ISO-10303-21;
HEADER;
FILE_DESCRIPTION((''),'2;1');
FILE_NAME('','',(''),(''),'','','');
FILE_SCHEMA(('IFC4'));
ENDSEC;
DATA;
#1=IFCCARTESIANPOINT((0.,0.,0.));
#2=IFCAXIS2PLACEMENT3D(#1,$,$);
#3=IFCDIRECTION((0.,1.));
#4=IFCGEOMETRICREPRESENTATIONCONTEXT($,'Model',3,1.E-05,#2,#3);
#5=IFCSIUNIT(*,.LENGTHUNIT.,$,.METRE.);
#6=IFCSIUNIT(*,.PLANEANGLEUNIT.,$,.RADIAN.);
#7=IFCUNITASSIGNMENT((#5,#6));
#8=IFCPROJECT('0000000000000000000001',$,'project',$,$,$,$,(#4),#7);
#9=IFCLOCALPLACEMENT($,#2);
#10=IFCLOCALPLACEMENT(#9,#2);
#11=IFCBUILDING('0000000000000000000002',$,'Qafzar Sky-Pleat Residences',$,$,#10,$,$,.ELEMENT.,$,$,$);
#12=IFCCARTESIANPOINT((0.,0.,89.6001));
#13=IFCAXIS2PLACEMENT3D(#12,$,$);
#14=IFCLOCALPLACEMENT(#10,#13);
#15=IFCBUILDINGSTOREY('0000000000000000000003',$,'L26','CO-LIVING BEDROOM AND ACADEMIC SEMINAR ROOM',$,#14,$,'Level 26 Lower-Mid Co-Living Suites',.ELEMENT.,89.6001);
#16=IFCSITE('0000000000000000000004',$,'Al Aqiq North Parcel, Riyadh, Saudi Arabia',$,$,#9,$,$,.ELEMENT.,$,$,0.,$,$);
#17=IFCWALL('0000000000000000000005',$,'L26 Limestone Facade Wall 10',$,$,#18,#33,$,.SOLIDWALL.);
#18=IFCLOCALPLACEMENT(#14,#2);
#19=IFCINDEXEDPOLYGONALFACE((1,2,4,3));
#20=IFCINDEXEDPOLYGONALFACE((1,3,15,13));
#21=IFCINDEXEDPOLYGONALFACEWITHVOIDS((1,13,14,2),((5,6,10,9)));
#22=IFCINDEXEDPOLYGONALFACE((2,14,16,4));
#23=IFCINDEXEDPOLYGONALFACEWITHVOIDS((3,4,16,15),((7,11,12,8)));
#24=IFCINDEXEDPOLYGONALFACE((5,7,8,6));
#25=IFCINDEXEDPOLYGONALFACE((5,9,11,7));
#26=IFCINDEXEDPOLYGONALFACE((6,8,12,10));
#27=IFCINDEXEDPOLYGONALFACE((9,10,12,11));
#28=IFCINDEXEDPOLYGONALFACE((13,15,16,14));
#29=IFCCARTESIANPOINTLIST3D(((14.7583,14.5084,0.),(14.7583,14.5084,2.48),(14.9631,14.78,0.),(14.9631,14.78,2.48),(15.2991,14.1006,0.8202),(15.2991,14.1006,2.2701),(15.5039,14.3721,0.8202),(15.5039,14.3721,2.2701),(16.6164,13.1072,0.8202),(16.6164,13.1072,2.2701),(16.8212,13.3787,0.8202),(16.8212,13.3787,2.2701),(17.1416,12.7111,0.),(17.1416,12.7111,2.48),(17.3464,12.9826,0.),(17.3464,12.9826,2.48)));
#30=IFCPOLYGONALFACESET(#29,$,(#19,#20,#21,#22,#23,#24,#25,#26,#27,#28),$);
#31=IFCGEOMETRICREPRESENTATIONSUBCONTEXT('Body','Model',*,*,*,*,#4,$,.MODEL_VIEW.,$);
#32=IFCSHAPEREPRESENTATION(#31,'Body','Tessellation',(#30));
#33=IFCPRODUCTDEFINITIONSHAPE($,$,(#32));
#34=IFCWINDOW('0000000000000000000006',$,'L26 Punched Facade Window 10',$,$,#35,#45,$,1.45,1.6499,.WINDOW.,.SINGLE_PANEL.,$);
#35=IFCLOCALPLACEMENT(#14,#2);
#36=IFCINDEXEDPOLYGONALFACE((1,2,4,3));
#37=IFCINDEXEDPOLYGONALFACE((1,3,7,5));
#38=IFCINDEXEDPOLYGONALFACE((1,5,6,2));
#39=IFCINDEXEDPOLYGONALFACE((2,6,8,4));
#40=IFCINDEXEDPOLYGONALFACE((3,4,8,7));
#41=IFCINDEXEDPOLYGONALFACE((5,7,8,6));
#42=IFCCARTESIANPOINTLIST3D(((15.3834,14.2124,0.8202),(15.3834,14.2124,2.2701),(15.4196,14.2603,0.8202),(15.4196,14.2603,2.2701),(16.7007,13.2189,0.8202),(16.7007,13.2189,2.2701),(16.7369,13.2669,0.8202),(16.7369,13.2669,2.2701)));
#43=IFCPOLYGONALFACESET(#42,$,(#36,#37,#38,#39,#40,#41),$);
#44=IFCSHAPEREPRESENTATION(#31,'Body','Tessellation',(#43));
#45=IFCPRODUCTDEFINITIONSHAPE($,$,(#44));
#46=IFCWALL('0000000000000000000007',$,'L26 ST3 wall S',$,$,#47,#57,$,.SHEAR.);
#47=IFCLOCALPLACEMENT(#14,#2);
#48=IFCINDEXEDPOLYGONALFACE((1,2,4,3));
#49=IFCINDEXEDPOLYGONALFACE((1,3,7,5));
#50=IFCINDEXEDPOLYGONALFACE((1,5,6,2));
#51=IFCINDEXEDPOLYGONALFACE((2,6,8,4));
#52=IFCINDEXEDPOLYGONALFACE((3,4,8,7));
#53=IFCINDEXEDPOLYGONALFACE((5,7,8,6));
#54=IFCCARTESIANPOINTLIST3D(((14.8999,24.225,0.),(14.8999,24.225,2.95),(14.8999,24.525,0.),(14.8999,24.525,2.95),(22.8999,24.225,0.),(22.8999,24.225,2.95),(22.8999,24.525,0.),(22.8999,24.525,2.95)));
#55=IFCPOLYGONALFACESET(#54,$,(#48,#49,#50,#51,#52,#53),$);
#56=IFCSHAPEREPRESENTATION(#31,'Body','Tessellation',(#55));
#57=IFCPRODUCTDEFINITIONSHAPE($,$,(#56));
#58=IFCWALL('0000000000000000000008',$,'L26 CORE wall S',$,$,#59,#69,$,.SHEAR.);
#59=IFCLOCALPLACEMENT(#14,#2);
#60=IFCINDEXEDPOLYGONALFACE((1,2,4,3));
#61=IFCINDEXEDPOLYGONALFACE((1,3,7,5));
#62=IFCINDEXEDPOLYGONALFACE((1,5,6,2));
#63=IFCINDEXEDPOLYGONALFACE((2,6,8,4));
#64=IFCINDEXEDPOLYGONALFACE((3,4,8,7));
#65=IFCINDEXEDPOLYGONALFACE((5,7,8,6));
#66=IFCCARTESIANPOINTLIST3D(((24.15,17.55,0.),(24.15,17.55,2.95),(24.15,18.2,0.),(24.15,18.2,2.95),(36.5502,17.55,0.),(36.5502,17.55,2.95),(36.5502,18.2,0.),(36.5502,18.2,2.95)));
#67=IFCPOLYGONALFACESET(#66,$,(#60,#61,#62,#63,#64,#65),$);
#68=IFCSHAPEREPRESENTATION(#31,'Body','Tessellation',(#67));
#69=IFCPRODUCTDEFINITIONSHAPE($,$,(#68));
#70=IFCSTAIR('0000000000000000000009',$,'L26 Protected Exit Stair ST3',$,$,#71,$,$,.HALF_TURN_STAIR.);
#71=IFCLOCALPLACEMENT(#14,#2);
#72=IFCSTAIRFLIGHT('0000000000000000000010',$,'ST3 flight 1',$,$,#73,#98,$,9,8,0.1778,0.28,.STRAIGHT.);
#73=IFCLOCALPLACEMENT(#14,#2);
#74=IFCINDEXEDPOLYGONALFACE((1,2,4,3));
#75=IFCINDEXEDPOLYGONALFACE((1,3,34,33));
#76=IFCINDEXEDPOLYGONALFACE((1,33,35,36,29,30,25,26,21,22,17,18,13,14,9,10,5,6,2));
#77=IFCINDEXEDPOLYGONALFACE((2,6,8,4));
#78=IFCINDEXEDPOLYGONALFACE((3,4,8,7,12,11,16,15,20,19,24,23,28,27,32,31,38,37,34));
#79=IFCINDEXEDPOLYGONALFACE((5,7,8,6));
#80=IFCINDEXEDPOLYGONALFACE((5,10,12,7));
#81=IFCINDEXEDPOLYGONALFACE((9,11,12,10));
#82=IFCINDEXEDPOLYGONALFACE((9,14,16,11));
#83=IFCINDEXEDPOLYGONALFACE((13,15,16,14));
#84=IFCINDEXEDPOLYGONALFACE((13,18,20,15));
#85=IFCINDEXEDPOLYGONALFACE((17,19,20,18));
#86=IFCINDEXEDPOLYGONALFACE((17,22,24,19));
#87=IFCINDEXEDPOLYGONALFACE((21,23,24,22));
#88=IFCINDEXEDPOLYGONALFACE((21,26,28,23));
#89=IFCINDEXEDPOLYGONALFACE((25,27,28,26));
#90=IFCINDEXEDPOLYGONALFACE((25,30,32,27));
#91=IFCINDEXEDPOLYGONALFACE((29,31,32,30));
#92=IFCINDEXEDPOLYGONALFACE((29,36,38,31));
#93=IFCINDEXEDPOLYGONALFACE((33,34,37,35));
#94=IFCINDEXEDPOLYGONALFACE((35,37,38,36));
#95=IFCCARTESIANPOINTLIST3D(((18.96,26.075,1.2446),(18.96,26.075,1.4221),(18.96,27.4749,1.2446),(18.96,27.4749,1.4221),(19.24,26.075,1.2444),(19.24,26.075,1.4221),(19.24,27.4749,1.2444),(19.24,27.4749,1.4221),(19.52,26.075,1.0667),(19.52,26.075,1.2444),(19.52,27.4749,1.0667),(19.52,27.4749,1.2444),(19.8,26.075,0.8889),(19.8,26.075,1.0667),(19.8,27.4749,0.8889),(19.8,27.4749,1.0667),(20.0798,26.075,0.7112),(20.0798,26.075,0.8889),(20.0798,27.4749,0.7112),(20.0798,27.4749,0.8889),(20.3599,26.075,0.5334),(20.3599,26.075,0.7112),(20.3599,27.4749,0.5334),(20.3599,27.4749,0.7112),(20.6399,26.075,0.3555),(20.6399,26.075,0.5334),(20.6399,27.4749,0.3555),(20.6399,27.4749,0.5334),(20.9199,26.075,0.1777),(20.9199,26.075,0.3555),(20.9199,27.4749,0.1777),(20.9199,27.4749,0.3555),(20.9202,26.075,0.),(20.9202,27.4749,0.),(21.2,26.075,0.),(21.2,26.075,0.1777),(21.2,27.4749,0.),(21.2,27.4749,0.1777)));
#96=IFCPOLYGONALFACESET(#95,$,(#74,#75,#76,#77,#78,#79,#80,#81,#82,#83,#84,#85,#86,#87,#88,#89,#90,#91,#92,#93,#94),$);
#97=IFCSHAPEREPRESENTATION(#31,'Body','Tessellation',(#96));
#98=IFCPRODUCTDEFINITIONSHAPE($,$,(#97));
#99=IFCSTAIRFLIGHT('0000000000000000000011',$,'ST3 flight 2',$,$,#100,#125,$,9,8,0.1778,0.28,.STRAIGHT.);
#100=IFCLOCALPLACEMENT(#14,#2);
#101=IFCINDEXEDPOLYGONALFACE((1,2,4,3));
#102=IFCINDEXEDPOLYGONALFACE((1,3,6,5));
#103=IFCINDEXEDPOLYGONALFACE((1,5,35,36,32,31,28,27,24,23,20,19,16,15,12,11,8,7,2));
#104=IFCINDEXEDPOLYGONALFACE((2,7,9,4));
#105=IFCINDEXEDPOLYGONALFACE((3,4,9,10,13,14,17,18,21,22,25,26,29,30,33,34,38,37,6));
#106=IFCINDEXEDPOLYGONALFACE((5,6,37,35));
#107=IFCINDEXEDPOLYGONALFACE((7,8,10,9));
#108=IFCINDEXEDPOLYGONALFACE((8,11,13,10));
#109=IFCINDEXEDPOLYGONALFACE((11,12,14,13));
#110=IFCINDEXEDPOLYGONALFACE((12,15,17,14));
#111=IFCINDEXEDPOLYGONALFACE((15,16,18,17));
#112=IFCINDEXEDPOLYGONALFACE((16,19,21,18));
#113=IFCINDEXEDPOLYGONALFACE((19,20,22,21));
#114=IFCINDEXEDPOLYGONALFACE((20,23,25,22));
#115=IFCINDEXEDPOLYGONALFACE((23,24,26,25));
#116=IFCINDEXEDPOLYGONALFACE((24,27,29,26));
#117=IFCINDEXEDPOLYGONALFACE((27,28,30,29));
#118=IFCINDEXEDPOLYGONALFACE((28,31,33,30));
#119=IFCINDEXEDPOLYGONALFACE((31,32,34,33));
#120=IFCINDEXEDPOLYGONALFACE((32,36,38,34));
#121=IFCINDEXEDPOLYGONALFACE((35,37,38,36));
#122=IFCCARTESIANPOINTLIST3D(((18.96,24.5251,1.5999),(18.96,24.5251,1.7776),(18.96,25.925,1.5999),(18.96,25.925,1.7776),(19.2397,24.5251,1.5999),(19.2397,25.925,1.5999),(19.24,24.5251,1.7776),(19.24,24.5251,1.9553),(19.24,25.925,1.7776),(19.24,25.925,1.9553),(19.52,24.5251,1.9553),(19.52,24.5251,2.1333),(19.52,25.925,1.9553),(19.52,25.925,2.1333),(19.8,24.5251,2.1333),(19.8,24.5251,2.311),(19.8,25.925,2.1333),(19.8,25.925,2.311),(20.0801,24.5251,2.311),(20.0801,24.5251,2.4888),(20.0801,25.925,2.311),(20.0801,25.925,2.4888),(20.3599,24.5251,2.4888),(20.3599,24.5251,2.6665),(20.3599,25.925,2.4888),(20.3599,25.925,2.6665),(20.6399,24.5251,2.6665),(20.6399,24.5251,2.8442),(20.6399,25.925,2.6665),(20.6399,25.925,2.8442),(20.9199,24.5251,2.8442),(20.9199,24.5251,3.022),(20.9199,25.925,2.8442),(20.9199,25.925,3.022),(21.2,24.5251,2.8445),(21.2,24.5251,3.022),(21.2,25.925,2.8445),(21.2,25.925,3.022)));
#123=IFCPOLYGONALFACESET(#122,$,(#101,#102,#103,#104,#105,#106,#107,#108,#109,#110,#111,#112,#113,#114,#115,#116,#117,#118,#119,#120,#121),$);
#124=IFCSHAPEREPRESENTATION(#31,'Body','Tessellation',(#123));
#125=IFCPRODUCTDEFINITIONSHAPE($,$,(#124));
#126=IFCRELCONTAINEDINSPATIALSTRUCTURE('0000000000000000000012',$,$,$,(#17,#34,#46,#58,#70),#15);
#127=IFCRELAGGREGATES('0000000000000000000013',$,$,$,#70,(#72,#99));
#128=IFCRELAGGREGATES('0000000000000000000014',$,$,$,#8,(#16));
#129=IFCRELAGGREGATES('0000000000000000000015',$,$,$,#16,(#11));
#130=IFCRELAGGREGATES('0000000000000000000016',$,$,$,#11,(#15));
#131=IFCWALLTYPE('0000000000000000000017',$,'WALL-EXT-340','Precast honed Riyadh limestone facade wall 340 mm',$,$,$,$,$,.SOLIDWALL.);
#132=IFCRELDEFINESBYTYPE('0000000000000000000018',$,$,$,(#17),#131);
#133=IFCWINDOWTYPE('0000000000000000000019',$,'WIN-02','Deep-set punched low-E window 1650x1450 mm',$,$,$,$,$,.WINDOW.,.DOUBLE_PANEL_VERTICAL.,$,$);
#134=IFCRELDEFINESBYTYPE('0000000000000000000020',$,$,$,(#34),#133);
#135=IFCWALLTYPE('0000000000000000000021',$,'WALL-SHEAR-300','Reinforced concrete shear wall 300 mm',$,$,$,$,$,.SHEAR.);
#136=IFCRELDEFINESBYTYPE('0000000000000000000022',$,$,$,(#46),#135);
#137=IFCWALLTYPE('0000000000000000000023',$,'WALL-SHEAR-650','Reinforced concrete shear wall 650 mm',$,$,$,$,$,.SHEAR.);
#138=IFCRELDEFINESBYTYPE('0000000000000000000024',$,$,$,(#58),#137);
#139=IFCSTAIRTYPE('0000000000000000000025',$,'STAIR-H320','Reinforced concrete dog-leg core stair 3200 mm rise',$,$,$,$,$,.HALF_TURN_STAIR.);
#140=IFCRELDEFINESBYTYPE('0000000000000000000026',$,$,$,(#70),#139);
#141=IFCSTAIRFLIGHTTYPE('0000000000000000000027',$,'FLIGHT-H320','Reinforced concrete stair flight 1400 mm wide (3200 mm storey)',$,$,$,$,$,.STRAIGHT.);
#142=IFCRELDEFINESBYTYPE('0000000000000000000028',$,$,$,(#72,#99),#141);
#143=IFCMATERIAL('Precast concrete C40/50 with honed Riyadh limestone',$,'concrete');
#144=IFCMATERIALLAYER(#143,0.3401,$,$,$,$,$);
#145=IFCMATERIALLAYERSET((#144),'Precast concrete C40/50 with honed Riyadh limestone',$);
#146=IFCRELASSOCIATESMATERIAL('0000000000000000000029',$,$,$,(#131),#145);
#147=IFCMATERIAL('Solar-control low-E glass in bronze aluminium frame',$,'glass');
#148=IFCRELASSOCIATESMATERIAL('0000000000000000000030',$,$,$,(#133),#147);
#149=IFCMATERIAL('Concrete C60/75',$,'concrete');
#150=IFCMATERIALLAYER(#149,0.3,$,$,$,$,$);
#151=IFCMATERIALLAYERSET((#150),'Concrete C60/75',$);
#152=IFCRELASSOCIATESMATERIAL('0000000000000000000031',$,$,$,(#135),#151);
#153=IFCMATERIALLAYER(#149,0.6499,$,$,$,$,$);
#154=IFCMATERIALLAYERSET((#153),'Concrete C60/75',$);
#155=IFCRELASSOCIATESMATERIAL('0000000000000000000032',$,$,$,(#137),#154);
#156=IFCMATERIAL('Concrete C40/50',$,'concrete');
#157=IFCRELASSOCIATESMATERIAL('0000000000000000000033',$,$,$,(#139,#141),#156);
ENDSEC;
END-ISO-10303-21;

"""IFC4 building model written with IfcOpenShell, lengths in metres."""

from ifc_helpers import new_model, si_unit, direction, frame, frame_2d, origin, place, context, subcontext, project, spatial, polyline, rectangle, outline, extrude, source, transform, mapped, material, layer, layer_set, type_object, element, fill, aggregate, save


model = new_model("IFC4")

# Units and contexts
model_context = context("Model", 3, precision=1e-05, world=origin(), true_north=direction((0.0, 1.0)))
body_context = subcontext(model_context, "Body", "Model", "MODEL_VIEW")
ifc_project = project(units=[si_unit("LENGTHUNIT", "METRE"), si_unit("PLANEANGLEUNIT", "RADIAN")], contexts=[model_context])

# Site, building, storey
site_placement = place(None, origin())
site = spatial("IfcSite", under=ifc_project, at=site_placement, Name="Al Aqiq North Parcel, Riyadh, Saudi Arabia", CompositionType="ELEMENT", RefElevation=0.0)
building_placement = place(site_placement, origin())
building = spatial("IfcBuilding", under=site, at=building_placement, Name="Qafzar Sky-Pleat Residences", CompositionType="ELEMENT")
storey_placement = place(building_placement, frame((0.0, 0.0, 89.6001)))
storey = spatial("IfcBuildingStorey", under=building, at=storey_placement, Name="L26", Description="CO-LIVING BEDROOM AND ACADEMIC SEMINAR ROOM", LongName="Level 26 Lower-Mid Co-Living Suites", CompositionType="ELEMENT", Elevation=89.6001)

# Wall, opening, window
ifc_material_1 = material(Name="Precast concrete C40/50 with honed Riyadh limestone", Category="concrete")
ifc_layer_1 = layer(ifc_material_1, 0.3401)
ifc_layer_set_1 = layer_set([ifc_layer_1], Name="Precast concrete C40/50 with honed Riyadh limestone")
wall_type_1 = type_object("IfcWallType", Name="WALL-EXT-340", Description="Precast honed Riyadh limestone facade wall 340 mm", PredefinedType="SOLIDWALL", material=ifc_layer_set_1)
wall_1_placement = place(storey_placement, frame((14.8606, 14.6443, 0.0), z_axis=(0.0, 0.0, 1.0), x_axis=(0.798407, -0.602118, 0.0)))
wall_1 = element("IfcWall", 1, at=wall_1_placement, inside=storey, type_object=wall_type_1, Name="L26 Limestone Facade Wall 10", PredefinedType="SOLIDWALL", context=body_context, shape_type="SweptSolid", body=[
    extrude(rectangle(XDim=2.9851, YDim=0.3401, at=frame_2d((1.4927, 0.0))), origin(), (0.0, 0.0, 1.0), 2.48),
])
opening_1_placement = place(wall_1_placement, frame((0.6775, 0.0, 0.8201)))
opening_1 = element("IfcOpeningElement", 2, at=opening_1_placement, cuts=wall_1, PredefinedType="OPENING", context=body_context, shape_type="SweptSolid", body=[
    extrude(rectangle(XDim=1.6499, YDim=1.45, at=frame_2d((0.825, 0.7251))), frame((0.0, 0.1802, 0.0), z_axis=(0.0, -1.0, 0.0), x_axis=(1.0, 0.0, 0.0)), (0.0, 0.0, 1.0), 0.3601),
])
ifc_material_2 = material(Name="Solar-control low-E glass in bronze aluminium frame", Category="glass")
window_type = type_object("IfcWindowType", Name="WIN-02", Description="Deep-set punched low-E window 1650x1450 mm", PartitioningType="DOUBLE_PANEL_VERTICAL", PredefinedType="WINDOW", material=ifc_material_2)
shared_shape_1 = source(origin(), body_context, "Body", "SweptSolid", [
    extrude(rectangle(XDim=1.6499, YDim=1.45, at=frame_2d((0.825, 0.7251))), frame((0.0, 0.03, 0.0), z_axis=(0.0, -1.0, 0.0), x_axis=(1.0, 0.0, 0.0)), (0.0, 0.0, 1.0), 0.0601),
])
window_placement = place(opening_1_placement, origin())
window = element("IfcWindow", 3, at=window_placement, inside=storey, type_object=window_type, Name="L26 Punched Facade Window 10", OverallHeight=1.45, OverallWidth=1.6499, PartitioningType="SINGLE_PANEL", PredefinedType="WINDOW", context=body_context, shape_type="MappedRepresentation", body=[
    mapped(shared_shape_1, transform((0.0, 0.0, 0.0), x_axis=(1.0, 0.0, 0.0), y_axis=(0.0, 1.0, 0.0), z_axis=(0.0, 0.0, 1.0), scale=1.0)),
])
fill(opening_1, window)

# Shared definitions
ifc_material_3 = material(Name="Concrete C60/75", Category="concrete")
ifc_layer_2 = layer(ifc_material_3, 0.3)
ifc_layer_set_2 = layer_set([ifc_layer_2], Name="Concrete C60/75")
wall_type_2 = type_object("IfcWallType", Name="WALL-SHEAR-300", Description="Reinforced concrete shear wall 300 mm", PredefinedType="SHEAR", material=ifc_layer_set_2)

# Wall
wall_2_placement = place(storey_placement, frame((14.8999, 24.375, 0.0), z_axis=(0.0, 0.0, 1.0), x_axis=(1.0, 0.0, 0.0)))
element("IfcWall", 4, at=wall_2_placement, inside=storey, type_object=wall_type_2, Name="L26 ST3 wall S", PredefinedType="SHEAR", context=body_context, shape_type="SweptSolid", body=[
    extrude(rectangle(XDim=8.0, YDim=0.3, at=frame_2d((4.0, 0.0))), origin(), (0.0, 0.0, 1.0), 2.95),
])

# Wall
ifc_layer_3 = layer(ifc_material_3, 0.6499)
ifc_layer_set_3 = layer_set([ifc_layer_3], Name="Concrete C60/75")
wall_type_3 = type_object("IfcWallType", Name="WALL-SHEAR-650", Description="Reinforced concrete shear wall 650 mm", PredefinedType="SHEAR", material=ifc_layer_set_3)
wall_3_placement = place(storey_placement, frame((24.1499, 17.875, 0.0), z_axis=(0.0, 0.0, 1.0), x_axis=(1.0, 0.0, 0.0)))
element("IfcWall", 5, at=wall_3_placement, inside=storey, type_object=wall_type_3, Name="L26 CORE wall S", PredefinedType="SHEAR", context=body_context, shape_type="SweptSolid", body=[
    extrude(rectangle(XDim=12.4001, YDim=0.6499, at=frame_2d((6.2002, 0.0))), origin(), (0.0, 0.0, 1.0), 2.95),
])

# Stair, stair flights
ifc_material_4 = material(Name="Concrete C40/50", Category="concrete")
stair_type = type_object("IfcStairType", Name="STAIR-H320", Description="Reinforced concrete dog-leg core stair 3200 mm rise", PredefinedType="HALF_TURN_STAIR", material=ifc_material_4)
stair_placement = place(storey_placement, origin())
stair = element("IfcStair", 6, at=stair_placement, inside=storey, type_object=stair_type, Name="L26 Protected Exit Stair ST3", PredefinedType="HALF_TURN_STAIR")
stair_flight_type = type_object("IfcStairFlightType", Name="FLIGHT-H320", Description="Reinforced concrete stair flight 1400 mm wide (3200 mm storey)", PredefinedType="STRAIGHT", material=ifc_material_4)
shared_shape_2 = source(origin(), body_context, "Body", "SweptSolid", [
    extrude(outline(polyline([(0.0, 0.0), (0.0, 0.1777), (0.28, 0.1777), (0.28, 0.3555), (0.5601, 0.3555), (0.5601, 0.5334), (0.8401, 0.5334), (0.8401, 0.7112), (1.1201, 0.7112), (1.1201, 0.8889), (1.3999, 0.8889), (1.3999, 1.0667), (1.6799, 1.0667), (1.6799, 1.2444), (1.96, 1.2444), (1.96, 1.4221), (2.24, 1.4221), (2.24, 1.6001), (2.24, 1.2446), (0.2798, 0.0), (0.0, 0.0)])), frame((0.0, 0.7, 0.0), z_axis=(0.0, -1.0, 0.0), x_axis=(1.0, 0.0, 0.0)), (0.0, 0.0, 1.0), 1.3999),
])
stair_flight_1_placement = place(storey_placement, frame((21.2, 26.7749, 0.0), z_axis=(0.0, 0.0, 1.0), x_axis=(-1.0, 0.0, 0.0)))
stair_flight_1 = element("IfcStairFlight", 7, at=stair_flight_1_placement, type_object=stair_flight_type, Name="ST3 flight 1", NumberOfRisers=9, NumberOfTreads=8, PredefinedType="STRAIGHT", RiserHeight=0.1778, TreadLength=0.28, context=body_context, shape_type="MappedRepresentation", body=[
    mapped(shared_shape_2, transform((0.0, 0.0, 0.0), x_axis=(1.0, 0.0, 0.0), y_axis=(0.0, 1.0, 0.0), z_axis=(0.0, 0.0, 1.0), scale=1.0)),
])
stair_flight_2_placement = place(storey_placement, frame((18.96, 25.2251, 1.5999), z_axis=(0.0, 0.0, 1.0), x_axis=(1.0, 0.0, 0.0)))
stair_flight_2 = element("IfcStairFlight", 8, at=stair_flight_2_placement, type_object=stair_flight_type, Name="ST3 flight 2", NumberOfRisers=9, NumberOfTreads=8, PredefinedType="STRAIGHT", RiserHeight=0.1778, TreadLength=0.28, context=body_context, shape_type="MappedRepresentation", body=[
    mapped(shared_shape_2, transform((0.0, 0.0, 0.0), x_axis=(1.0, 0.0, 0.0), y_axis=(0.0, 1.0, 0.0), z_axis=(0.0, 0.0, 1.0), scale=1.0)),
])
aggregate(stair, [stair_flight_1, stair_flight_2])

save(model, "model.ifc")
